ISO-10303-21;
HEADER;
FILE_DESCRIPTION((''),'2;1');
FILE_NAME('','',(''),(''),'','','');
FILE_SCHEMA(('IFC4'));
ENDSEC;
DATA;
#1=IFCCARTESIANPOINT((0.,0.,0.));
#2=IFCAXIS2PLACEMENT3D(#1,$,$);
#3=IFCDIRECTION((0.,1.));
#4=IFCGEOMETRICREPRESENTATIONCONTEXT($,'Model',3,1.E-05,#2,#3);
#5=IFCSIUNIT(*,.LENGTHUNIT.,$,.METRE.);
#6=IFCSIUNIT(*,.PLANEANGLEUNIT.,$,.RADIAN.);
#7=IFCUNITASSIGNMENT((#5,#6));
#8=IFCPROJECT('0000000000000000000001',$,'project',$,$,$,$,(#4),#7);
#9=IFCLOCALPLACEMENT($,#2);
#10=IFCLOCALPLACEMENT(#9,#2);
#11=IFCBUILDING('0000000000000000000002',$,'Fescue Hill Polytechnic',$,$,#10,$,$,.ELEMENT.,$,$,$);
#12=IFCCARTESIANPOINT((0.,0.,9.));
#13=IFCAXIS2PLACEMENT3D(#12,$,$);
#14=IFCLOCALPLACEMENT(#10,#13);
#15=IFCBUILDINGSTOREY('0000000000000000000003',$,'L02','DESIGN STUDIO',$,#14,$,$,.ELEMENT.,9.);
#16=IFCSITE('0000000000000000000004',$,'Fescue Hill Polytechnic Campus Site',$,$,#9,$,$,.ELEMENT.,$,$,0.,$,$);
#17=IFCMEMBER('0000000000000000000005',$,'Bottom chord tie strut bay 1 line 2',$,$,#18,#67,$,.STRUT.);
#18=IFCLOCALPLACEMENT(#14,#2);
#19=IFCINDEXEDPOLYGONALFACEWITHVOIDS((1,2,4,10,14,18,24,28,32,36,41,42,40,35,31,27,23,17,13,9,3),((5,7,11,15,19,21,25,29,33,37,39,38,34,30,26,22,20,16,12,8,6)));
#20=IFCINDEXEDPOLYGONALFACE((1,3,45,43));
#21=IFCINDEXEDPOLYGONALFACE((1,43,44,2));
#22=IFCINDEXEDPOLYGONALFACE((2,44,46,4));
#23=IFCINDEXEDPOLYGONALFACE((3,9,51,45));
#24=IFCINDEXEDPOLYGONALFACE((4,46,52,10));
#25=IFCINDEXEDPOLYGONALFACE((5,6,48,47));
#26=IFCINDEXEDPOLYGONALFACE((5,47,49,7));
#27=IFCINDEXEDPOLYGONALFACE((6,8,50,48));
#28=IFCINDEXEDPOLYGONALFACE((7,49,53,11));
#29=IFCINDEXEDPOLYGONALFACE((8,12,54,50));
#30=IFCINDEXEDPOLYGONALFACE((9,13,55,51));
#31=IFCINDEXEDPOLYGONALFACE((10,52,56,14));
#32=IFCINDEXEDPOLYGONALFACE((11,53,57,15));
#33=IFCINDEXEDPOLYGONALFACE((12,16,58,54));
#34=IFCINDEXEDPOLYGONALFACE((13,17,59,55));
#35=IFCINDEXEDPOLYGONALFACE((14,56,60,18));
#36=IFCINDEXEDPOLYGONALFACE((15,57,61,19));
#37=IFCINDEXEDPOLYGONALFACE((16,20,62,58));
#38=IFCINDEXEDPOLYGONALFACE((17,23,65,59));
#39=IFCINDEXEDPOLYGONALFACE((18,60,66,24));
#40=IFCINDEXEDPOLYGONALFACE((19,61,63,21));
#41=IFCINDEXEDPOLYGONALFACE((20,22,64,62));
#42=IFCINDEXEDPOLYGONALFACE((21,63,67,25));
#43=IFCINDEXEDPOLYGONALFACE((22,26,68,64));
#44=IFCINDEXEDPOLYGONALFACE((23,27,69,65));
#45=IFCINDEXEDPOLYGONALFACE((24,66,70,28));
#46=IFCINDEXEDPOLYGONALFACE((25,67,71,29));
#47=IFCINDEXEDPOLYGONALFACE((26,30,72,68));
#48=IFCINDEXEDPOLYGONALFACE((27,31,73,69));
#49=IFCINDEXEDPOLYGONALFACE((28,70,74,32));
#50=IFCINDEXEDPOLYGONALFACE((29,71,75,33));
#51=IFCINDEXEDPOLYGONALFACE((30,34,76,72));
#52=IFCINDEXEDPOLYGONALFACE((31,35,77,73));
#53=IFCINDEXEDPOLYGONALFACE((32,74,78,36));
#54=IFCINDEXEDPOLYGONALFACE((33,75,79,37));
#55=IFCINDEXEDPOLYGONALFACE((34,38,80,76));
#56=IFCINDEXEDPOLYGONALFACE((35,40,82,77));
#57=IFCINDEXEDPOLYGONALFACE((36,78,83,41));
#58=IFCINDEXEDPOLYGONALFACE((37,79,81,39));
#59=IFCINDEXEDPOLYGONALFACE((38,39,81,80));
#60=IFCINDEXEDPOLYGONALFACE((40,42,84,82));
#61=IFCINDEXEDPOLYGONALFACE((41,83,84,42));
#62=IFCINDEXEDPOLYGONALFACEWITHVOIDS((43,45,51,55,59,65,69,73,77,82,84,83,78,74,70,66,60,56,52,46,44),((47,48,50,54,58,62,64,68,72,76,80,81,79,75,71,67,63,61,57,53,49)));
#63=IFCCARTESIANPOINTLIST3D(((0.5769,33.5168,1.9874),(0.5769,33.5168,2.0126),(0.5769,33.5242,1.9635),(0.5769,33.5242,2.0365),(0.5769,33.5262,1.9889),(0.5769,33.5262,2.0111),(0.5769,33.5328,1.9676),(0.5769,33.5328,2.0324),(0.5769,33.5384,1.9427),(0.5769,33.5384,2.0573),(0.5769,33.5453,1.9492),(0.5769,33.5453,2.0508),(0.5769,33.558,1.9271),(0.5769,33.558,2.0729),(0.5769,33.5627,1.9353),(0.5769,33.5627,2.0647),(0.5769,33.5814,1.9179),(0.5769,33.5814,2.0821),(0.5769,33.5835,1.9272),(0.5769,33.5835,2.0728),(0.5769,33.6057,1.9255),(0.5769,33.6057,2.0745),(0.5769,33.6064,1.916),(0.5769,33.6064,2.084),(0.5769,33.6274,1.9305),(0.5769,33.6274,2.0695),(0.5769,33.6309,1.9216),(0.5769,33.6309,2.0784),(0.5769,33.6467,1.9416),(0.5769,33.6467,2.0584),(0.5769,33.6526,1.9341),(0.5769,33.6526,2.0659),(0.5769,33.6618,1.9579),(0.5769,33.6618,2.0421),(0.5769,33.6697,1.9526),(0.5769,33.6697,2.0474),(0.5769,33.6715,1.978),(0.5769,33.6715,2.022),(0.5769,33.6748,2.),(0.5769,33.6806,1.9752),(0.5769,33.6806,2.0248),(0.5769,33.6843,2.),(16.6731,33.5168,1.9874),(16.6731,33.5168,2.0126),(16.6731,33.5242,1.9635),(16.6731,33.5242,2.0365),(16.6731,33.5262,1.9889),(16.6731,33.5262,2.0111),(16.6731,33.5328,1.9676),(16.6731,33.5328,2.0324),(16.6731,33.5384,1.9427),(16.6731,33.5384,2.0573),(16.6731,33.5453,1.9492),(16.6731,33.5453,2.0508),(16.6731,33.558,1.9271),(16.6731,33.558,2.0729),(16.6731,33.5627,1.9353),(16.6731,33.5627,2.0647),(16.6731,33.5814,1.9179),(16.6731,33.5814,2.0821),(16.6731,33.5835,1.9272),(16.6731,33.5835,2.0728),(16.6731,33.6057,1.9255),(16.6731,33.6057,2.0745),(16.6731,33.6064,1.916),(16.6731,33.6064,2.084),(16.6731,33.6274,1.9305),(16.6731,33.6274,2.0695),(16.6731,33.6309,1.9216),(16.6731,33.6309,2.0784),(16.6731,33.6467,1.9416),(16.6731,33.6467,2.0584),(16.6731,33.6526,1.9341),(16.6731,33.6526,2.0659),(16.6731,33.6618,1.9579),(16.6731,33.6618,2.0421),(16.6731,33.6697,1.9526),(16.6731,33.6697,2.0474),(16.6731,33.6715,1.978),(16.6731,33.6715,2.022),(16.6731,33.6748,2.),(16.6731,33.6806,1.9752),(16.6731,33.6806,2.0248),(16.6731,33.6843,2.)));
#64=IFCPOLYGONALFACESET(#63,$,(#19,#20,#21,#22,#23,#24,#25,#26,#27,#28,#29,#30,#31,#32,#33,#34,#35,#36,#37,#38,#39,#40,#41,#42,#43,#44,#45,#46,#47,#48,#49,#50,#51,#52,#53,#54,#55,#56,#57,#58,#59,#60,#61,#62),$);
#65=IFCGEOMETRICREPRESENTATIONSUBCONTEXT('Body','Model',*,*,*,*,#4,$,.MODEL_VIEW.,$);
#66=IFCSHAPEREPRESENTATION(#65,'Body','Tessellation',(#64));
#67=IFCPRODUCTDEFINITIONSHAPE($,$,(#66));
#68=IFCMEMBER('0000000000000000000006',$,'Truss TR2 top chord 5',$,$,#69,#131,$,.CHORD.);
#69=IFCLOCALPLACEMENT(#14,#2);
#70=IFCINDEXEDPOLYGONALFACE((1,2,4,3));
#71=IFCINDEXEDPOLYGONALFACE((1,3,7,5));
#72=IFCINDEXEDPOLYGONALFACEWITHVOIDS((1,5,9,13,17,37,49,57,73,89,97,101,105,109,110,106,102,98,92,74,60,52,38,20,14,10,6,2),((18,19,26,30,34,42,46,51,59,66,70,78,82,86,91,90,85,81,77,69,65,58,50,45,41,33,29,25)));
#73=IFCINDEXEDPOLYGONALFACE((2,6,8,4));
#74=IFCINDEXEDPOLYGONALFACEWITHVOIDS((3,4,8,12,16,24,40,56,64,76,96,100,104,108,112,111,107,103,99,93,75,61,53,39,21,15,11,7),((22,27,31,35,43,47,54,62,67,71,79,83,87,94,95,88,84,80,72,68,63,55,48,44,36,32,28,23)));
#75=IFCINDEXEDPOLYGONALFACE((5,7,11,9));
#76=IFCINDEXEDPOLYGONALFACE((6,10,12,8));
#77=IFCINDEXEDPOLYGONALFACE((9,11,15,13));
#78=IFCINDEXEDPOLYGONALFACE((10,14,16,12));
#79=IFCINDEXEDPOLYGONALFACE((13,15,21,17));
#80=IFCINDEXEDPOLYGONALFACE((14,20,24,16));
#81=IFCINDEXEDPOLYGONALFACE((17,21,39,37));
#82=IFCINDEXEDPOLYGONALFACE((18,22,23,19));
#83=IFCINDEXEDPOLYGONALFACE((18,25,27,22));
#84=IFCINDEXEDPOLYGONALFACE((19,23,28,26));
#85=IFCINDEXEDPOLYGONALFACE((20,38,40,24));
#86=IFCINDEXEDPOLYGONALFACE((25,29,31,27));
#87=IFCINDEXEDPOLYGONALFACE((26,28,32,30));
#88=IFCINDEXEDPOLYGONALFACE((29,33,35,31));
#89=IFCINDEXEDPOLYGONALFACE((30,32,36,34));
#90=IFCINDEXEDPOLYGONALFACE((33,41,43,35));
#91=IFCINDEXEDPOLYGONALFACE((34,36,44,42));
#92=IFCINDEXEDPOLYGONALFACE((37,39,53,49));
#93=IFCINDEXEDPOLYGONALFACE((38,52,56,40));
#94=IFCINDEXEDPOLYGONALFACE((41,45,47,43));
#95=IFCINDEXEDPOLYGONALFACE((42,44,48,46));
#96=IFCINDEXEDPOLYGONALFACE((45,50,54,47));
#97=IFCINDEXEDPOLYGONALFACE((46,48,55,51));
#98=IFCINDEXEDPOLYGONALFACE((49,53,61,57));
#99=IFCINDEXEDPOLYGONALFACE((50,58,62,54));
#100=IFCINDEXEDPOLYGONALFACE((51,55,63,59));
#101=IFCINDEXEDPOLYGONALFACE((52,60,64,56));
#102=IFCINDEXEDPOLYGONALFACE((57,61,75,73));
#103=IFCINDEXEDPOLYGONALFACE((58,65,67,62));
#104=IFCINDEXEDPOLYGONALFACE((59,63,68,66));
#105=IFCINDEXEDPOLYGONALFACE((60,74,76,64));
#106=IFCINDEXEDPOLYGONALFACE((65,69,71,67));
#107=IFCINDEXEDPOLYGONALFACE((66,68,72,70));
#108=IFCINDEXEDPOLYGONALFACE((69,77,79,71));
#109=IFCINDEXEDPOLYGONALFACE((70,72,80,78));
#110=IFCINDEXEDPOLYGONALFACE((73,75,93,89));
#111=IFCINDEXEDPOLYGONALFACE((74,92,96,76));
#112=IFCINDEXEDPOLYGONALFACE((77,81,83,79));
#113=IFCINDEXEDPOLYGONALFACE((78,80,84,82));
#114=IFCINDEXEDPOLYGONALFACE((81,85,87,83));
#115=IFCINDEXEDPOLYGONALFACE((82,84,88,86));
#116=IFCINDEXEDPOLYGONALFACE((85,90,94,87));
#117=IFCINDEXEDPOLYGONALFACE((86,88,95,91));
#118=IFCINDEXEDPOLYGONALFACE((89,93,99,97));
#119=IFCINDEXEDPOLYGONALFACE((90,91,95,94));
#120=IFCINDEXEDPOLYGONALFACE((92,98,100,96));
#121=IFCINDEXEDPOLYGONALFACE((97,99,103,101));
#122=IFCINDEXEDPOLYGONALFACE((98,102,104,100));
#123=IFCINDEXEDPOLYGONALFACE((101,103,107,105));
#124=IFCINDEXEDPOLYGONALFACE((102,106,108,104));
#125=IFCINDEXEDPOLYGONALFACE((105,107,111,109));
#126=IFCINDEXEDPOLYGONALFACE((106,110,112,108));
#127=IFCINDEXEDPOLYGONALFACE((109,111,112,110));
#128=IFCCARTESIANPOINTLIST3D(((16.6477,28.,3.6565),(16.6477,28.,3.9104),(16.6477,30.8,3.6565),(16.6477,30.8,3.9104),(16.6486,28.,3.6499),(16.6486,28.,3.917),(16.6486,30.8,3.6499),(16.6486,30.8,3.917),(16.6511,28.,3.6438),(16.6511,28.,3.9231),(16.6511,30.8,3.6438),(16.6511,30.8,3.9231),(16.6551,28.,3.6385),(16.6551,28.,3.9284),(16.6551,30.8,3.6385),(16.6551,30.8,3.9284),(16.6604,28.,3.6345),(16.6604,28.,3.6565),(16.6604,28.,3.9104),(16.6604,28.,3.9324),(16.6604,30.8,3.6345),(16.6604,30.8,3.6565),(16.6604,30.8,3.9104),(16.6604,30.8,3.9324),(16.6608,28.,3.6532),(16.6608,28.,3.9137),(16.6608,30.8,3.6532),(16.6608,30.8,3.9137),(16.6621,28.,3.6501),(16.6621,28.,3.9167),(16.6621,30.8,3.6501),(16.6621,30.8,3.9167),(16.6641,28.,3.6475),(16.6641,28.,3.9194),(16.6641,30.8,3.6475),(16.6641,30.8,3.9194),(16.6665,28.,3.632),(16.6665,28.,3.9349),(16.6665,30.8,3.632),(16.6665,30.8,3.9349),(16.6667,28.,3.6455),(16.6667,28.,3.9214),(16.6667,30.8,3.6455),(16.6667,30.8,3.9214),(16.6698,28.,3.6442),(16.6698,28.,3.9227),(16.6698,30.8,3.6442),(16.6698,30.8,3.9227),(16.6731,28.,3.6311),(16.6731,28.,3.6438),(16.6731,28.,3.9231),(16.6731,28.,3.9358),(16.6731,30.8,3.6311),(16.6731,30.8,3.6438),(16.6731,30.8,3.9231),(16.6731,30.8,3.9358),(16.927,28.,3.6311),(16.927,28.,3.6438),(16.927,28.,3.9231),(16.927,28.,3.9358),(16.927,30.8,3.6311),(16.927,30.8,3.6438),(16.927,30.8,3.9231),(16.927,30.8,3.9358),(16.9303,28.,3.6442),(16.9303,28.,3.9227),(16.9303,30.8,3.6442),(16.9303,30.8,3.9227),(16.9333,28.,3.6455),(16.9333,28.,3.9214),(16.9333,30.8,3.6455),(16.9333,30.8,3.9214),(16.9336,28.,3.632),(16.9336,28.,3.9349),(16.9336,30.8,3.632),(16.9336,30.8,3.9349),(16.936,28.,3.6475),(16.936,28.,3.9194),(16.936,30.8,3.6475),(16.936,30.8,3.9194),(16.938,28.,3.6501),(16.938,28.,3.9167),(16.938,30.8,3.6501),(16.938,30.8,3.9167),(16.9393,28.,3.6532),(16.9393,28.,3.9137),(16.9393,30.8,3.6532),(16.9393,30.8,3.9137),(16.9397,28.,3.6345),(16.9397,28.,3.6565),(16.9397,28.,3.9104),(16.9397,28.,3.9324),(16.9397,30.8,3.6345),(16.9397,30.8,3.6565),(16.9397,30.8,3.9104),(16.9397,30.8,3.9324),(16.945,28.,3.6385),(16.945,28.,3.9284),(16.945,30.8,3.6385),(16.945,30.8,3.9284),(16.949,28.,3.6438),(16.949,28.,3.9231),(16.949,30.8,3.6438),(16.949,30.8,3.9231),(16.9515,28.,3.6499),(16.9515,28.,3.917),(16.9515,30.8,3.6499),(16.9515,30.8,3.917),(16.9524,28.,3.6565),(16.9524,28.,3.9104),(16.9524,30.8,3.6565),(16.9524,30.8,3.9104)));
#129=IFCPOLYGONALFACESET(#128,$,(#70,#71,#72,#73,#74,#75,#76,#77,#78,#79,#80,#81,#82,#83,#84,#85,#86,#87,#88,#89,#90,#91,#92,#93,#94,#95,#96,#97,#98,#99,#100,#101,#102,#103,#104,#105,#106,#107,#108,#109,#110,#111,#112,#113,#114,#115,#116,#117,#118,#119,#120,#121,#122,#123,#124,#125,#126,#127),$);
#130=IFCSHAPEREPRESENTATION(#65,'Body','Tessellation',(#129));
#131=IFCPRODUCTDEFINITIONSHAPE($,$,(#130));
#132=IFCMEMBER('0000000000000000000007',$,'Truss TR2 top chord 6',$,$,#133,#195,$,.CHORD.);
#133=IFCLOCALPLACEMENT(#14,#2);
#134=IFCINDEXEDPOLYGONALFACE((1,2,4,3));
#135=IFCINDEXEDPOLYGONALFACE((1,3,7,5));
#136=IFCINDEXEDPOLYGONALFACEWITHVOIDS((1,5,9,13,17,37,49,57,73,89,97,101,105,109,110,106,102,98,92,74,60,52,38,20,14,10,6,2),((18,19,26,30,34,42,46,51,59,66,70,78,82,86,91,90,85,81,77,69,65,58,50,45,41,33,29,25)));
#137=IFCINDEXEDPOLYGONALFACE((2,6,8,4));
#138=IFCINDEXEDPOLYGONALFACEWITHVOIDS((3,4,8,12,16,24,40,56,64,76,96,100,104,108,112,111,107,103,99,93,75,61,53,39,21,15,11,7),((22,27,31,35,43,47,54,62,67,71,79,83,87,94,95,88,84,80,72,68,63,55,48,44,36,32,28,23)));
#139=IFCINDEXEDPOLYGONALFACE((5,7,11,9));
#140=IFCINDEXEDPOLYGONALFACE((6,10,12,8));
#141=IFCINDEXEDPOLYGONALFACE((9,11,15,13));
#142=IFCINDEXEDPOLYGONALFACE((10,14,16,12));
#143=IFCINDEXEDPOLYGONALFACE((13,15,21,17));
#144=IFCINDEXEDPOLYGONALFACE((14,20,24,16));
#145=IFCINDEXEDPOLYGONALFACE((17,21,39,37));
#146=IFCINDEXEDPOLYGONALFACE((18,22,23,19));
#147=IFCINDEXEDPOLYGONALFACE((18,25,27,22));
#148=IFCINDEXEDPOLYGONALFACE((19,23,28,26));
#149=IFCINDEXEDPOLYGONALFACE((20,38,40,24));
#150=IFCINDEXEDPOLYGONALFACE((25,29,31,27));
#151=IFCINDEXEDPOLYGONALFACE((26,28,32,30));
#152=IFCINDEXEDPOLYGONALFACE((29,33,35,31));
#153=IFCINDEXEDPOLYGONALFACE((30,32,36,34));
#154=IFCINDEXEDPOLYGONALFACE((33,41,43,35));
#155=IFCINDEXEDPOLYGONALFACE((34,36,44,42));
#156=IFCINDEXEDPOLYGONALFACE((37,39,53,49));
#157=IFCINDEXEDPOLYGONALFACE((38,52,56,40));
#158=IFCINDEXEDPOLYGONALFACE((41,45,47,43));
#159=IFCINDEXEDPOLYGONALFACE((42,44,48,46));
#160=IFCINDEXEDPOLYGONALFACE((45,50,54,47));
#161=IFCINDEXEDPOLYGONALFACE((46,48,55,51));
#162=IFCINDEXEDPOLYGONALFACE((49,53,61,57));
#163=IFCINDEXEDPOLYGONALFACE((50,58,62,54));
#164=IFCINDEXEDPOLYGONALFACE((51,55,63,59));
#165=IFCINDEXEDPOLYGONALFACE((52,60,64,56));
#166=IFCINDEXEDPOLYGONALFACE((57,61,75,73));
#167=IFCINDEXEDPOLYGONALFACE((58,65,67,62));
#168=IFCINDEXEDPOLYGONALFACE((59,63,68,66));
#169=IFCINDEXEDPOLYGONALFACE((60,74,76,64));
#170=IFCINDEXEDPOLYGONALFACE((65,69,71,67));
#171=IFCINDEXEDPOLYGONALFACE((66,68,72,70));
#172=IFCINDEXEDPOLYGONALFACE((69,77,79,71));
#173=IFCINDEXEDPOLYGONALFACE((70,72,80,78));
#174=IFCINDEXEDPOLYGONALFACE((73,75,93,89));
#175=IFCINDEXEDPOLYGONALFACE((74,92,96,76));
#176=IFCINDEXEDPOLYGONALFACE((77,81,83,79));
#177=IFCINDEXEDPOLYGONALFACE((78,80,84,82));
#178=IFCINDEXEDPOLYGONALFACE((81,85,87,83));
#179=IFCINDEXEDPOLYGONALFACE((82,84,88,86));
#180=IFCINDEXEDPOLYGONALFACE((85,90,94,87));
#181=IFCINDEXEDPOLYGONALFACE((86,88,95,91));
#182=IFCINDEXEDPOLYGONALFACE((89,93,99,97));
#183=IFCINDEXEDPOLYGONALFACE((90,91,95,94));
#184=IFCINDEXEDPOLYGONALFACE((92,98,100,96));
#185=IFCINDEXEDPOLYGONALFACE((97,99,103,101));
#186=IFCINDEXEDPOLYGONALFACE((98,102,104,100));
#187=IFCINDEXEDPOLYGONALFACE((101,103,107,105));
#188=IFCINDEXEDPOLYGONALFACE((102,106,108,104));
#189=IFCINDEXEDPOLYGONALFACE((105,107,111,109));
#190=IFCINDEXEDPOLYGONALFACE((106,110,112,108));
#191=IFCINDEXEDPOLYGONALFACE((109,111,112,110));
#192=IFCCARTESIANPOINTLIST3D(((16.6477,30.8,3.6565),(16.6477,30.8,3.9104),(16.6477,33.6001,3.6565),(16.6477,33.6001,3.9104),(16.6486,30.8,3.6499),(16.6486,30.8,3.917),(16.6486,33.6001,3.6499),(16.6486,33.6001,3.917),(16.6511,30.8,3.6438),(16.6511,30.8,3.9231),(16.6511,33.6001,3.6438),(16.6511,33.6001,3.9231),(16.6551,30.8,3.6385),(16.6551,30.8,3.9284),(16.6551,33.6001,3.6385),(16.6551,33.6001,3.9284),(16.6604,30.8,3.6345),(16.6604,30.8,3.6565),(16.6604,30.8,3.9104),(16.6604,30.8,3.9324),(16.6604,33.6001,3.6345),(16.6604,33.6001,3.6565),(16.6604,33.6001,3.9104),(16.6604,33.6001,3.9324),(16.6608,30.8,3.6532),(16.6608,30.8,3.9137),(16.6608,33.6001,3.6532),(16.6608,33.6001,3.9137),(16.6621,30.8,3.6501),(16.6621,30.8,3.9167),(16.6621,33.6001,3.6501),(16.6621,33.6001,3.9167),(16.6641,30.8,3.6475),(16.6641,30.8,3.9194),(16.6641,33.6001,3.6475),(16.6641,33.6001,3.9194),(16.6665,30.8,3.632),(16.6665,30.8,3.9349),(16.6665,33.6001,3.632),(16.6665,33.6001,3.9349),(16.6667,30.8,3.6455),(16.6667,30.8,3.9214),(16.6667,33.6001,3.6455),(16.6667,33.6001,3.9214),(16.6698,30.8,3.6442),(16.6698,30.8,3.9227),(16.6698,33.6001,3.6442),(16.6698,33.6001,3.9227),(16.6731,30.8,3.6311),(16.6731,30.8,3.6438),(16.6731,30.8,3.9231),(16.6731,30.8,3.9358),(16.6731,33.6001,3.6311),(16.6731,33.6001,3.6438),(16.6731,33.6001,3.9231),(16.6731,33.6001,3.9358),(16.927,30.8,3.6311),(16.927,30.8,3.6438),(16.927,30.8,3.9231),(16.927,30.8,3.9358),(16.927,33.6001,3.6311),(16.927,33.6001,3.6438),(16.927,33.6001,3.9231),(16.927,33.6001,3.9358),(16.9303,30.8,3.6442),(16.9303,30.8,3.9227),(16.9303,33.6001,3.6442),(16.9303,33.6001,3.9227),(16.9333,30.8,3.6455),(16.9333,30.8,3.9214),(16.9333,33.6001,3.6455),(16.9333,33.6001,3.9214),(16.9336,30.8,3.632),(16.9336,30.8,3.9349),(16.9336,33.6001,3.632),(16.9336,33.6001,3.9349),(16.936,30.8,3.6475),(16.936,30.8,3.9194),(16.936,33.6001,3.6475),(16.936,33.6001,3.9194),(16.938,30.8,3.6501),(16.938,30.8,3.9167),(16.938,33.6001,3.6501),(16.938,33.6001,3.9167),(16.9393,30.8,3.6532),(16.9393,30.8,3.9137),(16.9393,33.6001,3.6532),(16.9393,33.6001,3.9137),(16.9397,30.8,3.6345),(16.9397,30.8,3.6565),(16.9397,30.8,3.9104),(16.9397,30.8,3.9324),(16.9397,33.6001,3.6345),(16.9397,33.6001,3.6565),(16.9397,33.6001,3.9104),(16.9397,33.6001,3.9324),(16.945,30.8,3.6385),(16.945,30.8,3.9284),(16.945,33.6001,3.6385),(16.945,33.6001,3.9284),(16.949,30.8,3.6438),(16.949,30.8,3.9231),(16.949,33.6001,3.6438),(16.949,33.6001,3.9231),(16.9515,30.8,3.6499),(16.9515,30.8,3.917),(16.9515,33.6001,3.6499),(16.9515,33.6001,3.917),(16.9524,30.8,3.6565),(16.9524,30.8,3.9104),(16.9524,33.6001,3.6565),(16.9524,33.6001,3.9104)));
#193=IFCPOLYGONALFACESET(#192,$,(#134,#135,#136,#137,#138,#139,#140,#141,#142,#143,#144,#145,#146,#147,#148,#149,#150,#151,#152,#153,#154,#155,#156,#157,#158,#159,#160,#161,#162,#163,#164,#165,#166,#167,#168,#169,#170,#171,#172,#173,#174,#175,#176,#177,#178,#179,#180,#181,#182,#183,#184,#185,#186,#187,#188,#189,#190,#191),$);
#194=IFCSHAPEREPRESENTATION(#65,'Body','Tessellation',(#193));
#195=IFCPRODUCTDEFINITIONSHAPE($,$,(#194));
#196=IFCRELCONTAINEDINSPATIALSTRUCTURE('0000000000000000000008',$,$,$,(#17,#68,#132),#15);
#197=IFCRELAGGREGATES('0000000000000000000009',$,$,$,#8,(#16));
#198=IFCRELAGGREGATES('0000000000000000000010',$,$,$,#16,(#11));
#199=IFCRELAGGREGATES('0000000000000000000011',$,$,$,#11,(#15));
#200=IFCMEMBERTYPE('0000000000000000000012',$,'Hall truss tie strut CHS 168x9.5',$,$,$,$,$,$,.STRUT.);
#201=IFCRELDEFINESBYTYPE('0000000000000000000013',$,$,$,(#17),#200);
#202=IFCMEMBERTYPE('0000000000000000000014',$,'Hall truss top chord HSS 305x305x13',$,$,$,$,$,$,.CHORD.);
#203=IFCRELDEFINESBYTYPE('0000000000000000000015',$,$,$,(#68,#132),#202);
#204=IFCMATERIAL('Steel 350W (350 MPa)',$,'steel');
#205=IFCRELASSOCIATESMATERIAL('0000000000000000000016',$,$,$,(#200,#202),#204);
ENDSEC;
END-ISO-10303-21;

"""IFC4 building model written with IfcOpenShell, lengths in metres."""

from ifc_helpers import new_model, si_unit, direction, frame, origin, origin_2d, place, context, subcontext, project, spatial, hollow_rectangle, hollow_circle, extrude, material, material_profile, profile_set, type_object, element, save


model = new_model("IFC4")

# Units and contexts
model_context = context("Model", 3, precision=1e-05, world=origin(), true_north=direction((0.0, 1.0)))
body_context = subcontext(model_context, "Body", "Model", "MODEL_VIEW")
ifc_project = project(units=[si_unit("LENGTHUNIT", "METRE"), si_unit("PLANEANGLEUNIT", "RADIAN")], contexts=[model_context])

# Site, building, storey
site_placement = place(None, origin())
site = spatial("IfcSite", under=ifc_project, at=site_placement, Name="Fescue Hill Polytechnic Campus Site", CompositionType="ELEMENT", RefElevation=0.0)
building_placement = place(site_placement, origin())
building = spatial("IfcBuilding", under=site, at=building_placement, Name="Fescue Hill Polytechnic", CompositionType="ELEMENT")
storey_placement = place(building_placement, frame((0.0, 0.0, 9.0)))
storey = spatial("IfcBuildingStorey", under=building, at=storey_placement, Name="L02", Description="DESIGN STUDIO", CompositionType="ELEMENT", Elevation=9.0)

# Members
ifc_material = material(Name="Steel 350W (350 MPa)", Category="steel")
ifc_material_profile_1 = material_profile(ifc_material, hollow_circle(Radius=0.0842, WallThickness=0.0095, at=origin_2d()), Name="Hall truss tie strut CHS 168x9.5")
ifc_profile_set_1 = profile_set([ifc_material_profile_1], Name="Steel 350W (350 MPa)")
member_type_1 = type_object("IfcMemberType", Name="Hall truss tie strut CHS 168x9.5", PredefinedType="STRUT", material=ifc_profile_set_1)
member_1_placement = place(storey_placement, frame((0.5769, 33.6001, 2.0), z_axis=(1.0, 0.0, 0.0), x_axis=(0.0, 1.0, 0.0)))
element("IfcMember", 1, at=member_1_placement, inside=storey, type_object=member_type_1, Name="Bottom chord tie strut bay 1 line 2", PredefinedType="STRUT", context=body_context, shape_type="SweptSolid", body=[
    extrude(hollow_circle(Radius=0.0842, WallThickness=0.0095, at=origin_2d()), origin(), (0.0, 0.0, 1.0), 16.0962),
])
ifc_material_profile_2 = material_profile(ifc_material, hollow_rectangle(XDim=0.3047, YDim=0.3047, WallThickness=0.0127, InnerFilletRadius=0.0127, OuterFilletRadius=0.0254, at=origin_2d()), Name="Hall truss top chord HSS 305x305x13")
ifc_profile_set_2 = profile_set([ifc_material_profile_2], Name="Steel 350W (350 MPa)")
member_type_2 = type_object("IfcMemberType", Name="Hall truss top chord HSS 305x305x13", PredefinedType="CHORD", material=ifc_profile_set_2)
for number, where, z_axis, x_axis, name in (
    (2, (16.8, 28.0, 3.7834), (0.0, 1.0, 0.0), (-1.0, 0.0, 0.0), "Truss TR2 top chord 5"),
    (3, (16.8, 30.8, 3.7834), (0.0, 1.0, 0.0), (-1.0, 0.0, 0.0), "Truss TR2 top chord 6"),
):
    element("IfcMember", number, at=place(storey_placement, frame(where, z_axis=z_axis, x_axis=x_axis)), inside=storey, type_object=member_type_2, Name=name, PredefinedType="CHORD", context=body_context, shape_type="SweptSolid", body=[
        extrude(hollow_rectangle(XDim=0.3047, YDim=0.3047, WallThickness=0.0127, InnerFilletRadius=0.0127, OuterFilletRadius=0.0254, at=origin_2d()), origin(), (0.0, 0.0, 1.0), 2.8),
    ])

save(model, "model.ifc")
